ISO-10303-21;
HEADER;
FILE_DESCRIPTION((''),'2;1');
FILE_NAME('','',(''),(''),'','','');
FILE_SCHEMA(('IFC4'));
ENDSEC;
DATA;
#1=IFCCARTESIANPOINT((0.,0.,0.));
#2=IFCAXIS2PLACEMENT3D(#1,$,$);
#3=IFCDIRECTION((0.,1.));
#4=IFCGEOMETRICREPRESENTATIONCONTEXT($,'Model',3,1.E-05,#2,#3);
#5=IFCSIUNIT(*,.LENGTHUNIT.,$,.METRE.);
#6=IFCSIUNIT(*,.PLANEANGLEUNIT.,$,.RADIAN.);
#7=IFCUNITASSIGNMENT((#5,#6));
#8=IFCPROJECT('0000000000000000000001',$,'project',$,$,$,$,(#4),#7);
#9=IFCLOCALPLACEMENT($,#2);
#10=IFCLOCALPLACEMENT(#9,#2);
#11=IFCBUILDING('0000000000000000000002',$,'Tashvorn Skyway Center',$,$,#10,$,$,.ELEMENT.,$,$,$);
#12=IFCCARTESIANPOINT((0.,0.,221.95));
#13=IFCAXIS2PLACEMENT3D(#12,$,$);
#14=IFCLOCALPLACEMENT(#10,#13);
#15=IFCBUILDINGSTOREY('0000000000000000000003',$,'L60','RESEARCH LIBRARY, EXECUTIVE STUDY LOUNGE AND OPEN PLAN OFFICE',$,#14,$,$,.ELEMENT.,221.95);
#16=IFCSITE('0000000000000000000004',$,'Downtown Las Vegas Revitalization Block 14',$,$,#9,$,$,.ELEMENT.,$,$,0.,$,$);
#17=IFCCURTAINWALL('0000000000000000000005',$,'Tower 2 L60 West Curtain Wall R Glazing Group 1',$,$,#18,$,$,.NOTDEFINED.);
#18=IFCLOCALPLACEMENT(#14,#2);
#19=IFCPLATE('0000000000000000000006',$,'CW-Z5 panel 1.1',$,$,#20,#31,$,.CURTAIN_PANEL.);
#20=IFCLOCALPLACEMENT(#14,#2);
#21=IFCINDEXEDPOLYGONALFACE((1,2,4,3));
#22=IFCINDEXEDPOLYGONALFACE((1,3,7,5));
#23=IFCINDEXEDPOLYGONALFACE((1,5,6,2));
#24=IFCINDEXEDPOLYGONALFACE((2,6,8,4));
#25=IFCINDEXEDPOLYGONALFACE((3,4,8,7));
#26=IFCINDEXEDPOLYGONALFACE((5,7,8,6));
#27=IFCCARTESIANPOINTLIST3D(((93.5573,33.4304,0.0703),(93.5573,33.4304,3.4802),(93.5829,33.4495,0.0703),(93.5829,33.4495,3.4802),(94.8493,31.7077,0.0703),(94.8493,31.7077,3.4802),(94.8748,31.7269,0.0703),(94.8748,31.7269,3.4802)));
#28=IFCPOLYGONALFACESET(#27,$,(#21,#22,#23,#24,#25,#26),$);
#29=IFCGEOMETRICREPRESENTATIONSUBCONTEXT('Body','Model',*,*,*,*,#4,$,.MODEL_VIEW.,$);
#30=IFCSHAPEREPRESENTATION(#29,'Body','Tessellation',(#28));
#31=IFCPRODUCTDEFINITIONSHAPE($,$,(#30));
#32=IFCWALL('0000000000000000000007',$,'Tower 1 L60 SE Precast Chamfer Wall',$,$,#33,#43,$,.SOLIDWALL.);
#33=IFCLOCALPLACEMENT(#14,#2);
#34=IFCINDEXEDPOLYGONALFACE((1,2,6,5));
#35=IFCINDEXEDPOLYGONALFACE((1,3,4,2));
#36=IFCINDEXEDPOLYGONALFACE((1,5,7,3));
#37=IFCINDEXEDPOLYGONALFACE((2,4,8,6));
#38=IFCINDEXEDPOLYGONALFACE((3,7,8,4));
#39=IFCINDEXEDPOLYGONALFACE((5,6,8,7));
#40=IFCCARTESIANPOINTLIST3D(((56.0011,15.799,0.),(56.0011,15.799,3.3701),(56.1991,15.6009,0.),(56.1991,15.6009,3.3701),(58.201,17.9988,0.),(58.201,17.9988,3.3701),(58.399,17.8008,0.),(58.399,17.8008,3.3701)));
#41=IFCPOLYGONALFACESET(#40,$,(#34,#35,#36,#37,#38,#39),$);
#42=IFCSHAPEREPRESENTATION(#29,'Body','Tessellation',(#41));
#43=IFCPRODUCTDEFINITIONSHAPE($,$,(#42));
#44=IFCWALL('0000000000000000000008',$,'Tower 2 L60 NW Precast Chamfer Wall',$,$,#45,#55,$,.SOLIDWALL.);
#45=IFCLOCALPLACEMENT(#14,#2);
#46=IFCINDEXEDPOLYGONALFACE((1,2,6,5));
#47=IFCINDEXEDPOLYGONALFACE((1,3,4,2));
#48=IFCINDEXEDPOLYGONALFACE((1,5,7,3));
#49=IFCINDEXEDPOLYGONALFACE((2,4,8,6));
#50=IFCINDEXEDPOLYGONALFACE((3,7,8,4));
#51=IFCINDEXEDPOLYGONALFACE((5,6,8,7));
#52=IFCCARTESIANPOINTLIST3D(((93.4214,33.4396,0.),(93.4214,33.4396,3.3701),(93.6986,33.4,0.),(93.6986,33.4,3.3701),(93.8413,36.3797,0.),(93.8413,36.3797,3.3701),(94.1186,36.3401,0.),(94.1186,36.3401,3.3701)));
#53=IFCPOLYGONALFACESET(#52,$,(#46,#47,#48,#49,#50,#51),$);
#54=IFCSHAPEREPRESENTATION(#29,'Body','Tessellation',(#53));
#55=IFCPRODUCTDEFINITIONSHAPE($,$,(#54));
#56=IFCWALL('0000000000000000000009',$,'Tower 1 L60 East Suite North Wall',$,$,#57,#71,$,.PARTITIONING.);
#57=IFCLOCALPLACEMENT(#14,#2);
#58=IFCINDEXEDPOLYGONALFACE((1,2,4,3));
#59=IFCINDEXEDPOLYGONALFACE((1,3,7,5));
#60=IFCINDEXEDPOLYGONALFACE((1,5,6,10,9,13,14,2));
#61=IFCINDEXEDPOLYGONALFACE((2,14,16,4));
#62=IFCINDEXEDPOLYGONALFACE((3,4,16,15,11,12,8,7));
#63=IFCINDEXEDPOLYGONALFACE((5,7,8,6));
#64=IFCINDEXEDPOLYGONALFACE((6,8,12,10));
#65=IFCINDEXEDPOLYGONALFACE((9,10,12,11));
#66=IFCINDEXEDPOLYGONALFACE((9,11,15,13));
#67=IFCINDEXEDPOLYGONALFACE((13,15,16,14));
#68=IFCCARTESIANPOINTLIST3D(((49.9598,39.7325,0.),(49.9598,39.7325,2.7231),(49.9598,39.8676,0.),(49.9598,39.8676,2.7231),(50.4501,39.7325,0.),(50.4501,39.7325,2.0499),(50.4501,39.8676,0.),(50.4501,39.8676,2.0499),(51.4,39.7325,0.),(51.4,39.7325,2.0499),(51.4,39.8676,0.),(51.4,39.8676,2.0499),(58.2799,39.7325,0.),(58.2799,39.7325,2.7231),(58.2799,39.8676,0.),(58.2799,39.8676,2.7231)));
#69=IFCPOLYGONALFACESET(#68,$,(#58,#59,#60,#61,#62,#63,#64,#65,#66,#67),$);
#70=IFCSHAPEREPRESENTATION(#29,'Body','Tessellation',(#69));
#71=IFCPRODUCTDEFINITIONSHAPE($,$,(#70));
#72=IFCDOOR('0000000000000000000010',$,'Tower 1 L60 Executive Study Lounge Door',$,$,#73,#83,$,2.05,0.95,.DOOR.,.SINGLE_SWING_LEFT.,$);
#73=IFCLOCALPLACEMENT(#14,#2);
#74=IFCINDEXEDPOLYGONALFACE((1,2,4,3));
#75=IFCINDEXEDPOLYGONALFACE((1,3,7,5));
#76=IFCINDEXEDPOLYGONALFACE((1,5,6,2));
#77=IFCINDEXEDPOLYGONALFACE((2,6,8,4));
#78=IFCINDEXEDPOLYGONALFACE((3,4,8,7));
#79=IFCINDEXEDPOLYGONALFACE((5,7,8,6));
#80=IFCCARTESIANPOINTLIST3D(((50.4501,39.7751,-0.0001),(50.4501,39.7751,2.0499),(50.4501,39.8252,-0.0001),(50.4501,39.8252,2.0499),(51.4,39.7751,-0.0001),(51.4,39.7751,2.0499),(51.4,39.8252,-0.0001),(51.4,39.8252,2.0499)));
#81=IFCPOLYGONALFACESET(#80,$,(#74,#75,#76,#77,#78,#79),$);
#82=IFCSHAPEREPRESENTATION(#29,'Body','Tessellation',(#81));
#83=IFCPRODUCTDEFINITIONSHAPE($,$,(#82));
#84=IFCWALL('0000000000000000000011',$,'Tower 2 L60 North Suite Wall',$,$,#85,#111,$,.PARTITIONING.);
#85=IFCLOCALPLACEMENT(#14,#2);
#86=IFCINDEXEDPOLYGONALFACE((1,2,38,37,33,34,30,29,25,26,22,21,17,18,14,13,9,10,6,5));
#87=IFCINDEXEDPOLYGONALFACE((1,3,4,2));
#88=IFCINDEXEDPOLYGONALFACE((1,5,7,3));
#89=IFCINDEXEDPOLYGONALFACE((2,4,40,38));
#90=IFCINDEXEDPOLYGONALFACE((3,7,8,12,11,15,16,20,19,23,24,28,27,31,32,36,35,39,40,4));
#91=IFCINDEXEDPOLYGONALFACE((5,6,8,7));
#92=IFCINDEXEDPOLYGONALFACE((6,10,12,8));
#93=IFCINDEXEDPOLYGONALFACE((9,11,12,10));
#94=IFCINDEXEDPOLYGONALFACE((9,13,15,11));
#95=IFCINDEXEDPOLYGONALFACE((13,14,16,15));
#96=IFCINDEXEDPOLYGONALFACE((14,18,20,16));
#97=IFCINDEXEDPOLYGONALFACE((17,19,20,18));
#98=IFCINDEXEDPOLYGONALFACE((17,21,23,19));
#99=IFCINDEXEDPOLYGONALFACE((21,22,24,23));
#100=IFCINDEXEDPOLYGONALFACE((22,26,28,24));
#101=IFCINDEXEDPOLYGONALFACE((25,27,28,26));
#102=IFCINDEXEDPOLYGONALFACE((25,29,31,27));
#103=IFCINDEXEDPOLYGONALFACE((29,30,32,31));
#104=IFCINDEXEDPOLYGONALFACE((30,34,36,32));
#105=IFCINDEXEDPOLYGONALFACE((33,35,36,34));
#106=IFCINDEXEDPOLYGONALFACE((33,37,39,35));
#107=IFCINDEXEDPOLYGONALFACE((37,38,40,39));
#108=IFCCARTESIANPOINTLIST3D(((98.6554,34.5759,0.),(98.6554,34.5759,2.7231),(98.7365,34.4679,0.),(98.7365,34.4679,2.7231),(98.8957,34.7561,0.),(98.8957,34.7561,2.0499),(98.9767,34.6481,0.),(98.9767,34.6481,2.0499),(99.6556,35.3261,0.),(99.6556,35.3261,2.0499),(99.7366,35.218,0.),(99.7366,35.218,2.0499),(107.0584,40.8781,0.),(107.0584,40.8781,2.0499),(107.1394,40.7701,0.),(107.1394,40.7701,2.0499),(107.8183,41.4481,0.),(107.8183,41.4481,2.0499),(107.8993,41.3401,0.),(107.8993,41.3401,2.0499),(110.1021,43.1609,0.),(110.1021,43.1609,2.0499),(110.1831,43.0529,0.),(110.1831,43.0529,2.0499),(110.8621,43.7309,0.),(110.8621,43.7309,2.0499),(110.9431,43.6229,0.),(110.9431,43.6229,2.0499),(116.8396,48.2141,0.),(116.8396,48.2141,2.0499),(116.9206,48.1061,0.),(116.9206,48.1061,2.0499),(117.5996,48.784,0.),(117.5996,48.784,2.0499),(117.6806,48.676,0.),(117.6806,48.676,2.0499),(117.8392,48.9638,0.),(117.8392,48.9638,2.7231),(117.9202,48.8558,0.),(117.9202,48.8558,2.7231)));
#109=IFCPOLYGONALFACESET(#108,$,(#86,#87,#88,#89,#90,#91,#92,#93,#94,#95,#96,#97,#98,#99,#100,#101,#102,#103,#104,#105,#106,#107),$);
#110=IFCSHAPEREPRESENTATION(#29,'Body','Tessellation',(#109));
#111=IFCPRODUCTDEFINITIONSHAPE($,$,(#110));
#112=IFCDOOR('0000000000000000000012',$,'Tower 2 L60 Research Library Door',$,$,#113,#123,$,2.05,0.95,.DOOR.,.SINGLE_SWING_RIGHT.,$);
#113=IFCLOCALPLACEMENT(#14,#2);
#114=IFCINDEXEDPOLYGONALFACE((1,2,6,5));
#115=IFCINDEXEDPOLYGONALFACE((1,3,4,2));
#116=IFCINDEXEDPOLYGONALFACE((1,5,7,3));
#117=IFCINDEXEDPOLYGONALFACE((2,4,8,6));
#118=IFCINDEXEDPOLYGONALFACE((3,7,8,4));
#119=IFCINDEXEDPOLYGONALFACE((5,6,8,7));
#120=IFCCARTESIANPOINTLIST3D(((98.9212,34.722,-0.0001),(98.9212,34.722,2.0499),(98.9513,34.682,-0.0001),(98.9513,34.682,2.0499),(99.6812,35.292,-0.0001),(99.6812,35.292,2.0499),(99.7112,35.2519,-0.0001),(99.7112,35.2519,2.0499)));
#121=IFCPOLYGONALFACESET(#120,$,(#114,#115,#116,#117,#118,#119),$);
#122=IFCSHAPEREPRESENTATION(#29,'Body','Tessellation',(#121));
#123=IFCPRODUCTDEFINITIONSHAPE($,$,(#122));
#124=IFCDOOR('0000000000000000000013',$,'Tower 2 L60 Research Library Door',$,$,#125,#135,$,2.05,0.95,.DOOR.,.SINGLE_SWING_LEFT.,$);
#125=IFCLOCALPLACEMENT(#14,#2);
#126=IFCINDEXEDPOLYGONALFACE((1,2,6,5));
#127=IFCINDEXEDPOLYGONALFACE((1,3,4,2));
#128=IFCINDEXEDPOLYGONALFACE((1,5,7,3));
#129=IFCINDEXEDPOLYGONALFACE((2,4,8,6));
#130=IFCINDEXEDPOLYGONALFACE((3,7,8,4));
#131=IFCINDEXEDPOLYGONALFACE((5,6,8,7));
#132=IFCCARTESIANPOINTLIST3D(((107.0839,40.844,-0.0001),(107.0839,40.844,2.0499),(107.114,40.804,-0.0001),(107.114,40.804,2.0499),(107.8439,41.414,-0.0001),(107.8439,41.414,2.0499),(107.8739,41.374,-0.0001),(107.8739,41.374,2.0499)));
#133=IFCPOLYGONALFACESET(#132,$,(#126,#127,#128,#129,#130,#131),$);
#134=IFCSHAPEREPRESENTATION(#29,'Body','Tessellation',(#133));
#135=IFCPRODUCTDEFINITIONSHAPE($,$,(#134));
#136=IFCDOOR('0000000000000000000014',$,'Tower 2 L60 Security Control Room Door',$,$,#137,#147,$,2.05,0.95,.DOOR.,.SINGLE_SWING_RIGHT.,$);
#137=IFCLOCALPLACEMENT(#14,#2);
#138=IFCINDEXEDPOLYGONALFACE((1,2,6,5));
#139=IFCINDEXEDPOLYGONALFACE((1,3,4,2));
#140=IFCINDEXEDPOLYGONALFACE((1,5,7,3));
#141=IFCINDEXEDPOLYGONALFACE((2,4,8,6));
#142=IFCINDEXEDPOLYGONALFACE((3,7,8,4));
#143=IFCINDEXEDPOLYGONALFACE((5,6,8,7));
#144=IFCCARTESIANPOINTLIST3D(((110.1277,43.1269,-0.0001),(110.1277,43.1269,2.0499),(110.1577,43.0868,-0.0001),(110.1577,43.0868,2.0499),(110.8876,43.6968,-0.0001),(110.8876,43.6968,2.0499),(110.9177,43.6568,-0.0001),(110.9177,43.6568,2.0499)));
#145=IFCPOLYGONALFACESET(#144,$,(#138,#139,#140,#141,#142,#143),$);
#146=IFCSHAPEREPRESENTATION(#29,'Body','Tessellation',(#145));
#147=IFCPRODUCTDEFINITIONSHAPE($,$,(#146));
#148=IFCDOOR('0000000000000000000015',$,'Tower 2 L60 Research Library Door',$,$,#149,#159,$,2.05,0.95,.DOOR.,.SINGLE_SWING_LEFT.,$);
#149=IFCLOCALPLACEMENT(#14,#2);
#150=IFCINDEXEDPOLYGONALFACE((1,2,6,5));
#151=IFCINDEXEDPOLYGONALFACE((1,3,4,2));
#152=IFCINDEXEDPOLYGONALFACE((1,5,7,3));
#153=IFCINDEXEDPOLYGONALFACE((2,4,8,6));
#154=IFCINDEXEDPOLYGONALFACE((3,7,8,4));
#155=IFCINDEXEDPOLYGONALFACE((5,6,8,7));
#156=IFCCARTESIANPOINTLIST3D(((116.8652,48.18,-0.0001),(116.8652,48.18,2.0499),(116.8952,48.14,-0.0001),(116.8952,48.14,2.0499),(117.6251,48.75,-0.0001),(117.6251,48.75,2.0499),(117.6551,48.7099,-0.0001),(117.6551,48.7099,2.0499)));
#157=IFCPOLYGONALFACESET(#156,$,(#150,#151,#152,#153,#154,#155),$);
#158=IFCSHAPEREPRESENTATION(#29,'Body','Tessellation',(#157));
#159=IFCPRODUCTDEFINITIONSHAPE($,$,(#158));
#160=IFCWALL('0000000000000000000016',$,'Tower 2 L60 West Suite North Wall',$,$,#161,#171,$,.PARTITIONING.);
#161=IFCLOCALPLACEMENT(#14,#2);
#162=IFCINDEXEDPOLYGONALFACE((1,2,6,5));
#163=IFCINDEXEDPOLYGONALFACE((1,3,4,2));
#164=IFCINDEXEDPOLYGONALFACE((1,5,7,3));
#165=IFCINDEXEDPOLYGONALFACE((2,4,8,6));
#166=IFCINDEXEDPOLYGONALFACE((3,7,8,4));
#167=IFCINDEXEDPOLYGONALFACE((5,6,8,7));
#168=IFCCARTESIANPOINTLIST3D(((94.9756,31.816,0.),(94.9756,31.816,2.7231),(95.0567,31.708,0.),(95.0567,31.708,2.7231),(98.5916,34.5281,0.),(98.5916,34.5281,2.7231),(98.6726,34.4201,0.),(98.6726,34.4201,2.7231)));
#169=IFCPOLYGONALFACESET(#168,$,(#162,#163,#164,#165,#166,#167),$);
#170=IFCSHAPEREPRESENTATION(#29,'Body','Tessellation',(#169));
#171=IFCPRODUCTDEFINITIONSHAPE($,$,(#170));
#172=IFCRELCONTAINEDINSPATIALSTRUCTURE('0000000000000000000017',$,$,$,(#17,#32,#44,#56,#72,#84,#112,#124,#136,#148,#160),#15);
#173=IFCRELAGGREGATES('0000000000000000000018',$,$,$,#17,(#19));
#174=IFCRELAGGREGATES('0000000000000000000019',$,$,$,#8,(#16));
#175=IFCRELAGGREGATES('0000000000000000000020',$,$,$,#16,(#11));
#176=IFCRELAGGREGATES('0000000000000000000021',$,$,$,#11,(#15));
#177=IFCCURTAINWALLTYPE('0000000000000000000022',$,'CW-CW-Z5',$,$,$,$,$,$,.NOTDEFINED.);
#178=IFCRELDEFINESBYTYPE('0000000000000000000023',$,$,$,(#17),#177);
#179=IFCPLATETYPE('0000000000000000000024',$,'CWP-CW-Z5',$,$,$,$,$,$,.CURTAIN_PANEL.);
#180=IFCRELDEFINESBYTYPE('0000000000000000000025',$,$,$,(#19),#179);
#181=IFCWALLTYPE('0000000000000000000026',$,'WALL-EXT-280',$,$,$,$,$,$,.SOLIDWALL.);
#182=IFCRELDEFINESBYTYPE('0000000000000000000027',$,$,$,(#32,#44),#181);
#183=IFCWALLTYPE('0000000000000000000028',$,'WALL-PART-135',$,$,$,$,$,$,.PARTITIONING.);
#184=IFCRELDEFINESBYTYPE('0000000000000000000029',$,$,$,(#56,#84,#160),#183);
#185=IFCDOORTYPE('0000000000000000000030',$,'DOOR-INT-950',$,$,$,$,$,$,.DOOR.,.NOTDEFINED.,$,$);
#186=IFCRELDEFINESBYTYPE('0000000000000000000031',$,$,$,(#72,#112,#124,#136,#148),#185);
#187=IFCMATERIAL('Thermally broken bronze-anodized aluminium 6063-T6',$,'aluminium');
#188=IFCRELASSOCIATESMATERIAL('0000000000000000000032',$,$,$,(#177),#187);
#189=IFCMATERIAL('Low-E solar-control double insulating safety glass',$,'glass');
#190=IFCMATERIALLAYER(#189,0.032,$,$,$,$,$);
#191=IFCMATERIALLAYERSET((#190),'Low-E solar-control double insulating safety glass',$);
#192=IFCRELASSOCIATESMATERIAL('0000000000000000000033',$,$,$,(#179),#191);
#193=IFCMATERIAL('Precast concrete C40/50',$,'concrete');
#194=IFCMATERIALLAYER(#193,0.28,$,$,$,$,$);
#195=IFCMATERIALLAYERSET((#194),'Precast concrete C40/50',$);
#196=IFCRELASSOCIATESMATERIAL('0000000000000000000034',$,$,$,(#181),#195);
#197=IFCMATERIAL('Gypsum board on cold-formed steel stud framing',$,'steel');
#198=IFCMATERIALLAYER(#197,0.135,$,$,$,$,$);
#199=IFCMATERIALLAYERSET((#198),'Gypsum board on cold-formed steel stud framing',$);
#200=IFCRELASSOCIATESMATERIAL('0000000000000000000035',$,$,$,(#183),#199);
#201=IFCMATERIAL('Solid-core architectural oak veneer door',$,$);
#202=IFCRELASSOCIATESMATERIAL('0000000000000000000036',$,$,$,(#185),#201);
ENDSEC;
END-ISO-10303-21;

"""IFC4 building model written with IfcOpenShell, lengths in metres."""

from ifc_helpers import new_model, si_unit, direction, frame, frame_2d, origin, origin_2d, place, context, subcontext, project, spatial, rectangle, extrude, material, layer, layer_set, type_object, element, fill, aggregate, save


model = new_model("IFC4")

# Units and contexts
model_context = context("Model", 3, precision=1e-05, world=origin(), true_north=direction((0.0, 1.0)))
body_context = subcontext(model_context, "Body", "Model", "MODEL_VIEW")
ifc_project = project(units=[si_unit("LENGTHUNIT", "METRE"), si_unit("PLANEANGLEUNIT", "RADIAN")], contexts=[model_context])

# Site, building, storey
site_placement = place(None, origin())
site = spatial("IfcSite", under=ifc_project, at=site_placement, Name="Downtown Las Vegas Revitalization Block 14", CompositionType="ELEMENT", RefElevation=0.0)
building_placement = place(site_placement, origin())
building = spatial("IfcBuilding", under=site, at=building_placement, Name="Tashvorn Skyway Center", CompositionType="ELEMENT")
storey_placement = place(building_placement, frame((0.0, 0.0, 221.95)))
storey = spatial("IfcBuildingStorey", under=building, at=storey_placement, Name="L60", Description="RESEARCH LIBRARY, EXECUTIVE STUDY LOUNGE AND OPEN PLAN OFFICE", CompositionType="ELEMENT", Elevation=221.95)

# Curtain wall
ifc_material_1 = material(Name="Thermally broken bronze-anodized aluminium 6063-T6", Category="aluminium")
curtain_wall_type = type_object("IfcCurtainWallType", Name="CW-CW-Z5", PredefinedType="NOTDEFINED", material=ifc_material_1)
curtain_wall_1_placement = place(storey_placement, origin())
curtain_wall_1 = element("IfcCurtainWall", 1, at=curtain_wall_1_placement, inside=storey, type_object=curtain_wall_type, Name="Tower 2 L60 West Curtain Wall R Glazing Group 1", PredefinedType="NOTDEFINED")

# Shared definitions
ifc_material_2 = material(Name="Low-E solar-control double insulating safety glass", Category="glass")
ifc_layer_1 = layer(ifc_material_2, 0.032)
ifc_layer_set_1 = layer_set([ifc_layer_1], Name="Low-E solar-control double insulating safety glass")
plate_type = type_object("IfcPlateType", Name="CWP-CW-Z5", PredefinedType="CURTAIN_PANEL", material=ifc_layer_set_1)

# Plate
plate_1_placement = place(storey_placement, frame((94.2161, 32.5786, 0.0703), z_axis=(0.0, 0.0, 1.0), x_axis=(-0.599993, 0.800005, 0.0)))
plate_1 = element("IfcPlate", 2, at=plate_1_placement, type_object=plate_type, Name="CW-Z5 panel 1.1", PredefinedType="CURTAIN_PANEL", context=body_context, shape_type="SweptSolid", body=[
    extrude(rectangle(XDim=2.1533, YDim=0.032, at=origin_2d()), origin(), (0.0, 0.0, 1.0), 3.4099),
])
aggregate(curtain_wall_1, [plate_1])

# Walls
ifc_material_3 = material(Name="Precast concrete C40/50", Category="concrete")
ifc_layer_2 = layer(ifc_material_3, 0.28)
ifc_layer_set_2 = layer_set([ifc_layer_2], Name="Precast concrete C40/50")
wall_type_1 = type_object("IfcWallType", Name="WALL-EXT-280", PredefinedType="SOLIDWALL", material=ifc_layer_set_2)
wall_1_placement = place(storey_placement, frame((58.3, 17.8999, 0.0), z_axis=(0.0, 0.0, 1.0), x_axis=(-0.707107, -0.707107, 0.0)))
element("IfcWall", 3, at=wall_1_placement, inside=storey, type_object=wall_type_1, Name="Tower 1 L60 SE Precast Chamfer Wall", PredefinedType="SOLIDWALL", context=body_context, shape_type="SweptSolid", body=[
    extrude(rectangle(XDim=3.1111, YDim=0.28, at=frame_2d((1.5557, 0.0))), origin(), (0.0, 0.0, 1.0), 3.3701),
])
wall_2_placement = place(storey_placement, frame((93.5601, 33.4199, 0.0), z_axis=(0.0, 0.0, 1.0), x_axis=(0.141387, 0.989954, 0.0)))
element("IfcWall", 4, at=wall_2_placement, inside=storey, type_object=wall_type_1, Name="Tower 2 L60 NW Precast Chamfer Wall", PredefinedType="SOLIDWALL", context=body_context, shape_type="SweptSolid", body=[
    extrude(rectangle(XDim=2.97, YDim=0.28, at=frame_2d((1.4849, 0.0))), origin(), (0.0, 0.0, 1.0), 3.3701),
])

# Wall, opening, door
ifc_material_4 = material(Name="Gypsum board on cold-formed steel stud framing", Category="steel")
ifc_layer_3 = layer(ifc_material_4, 0.135)
ifc_layer_set_3 = layer_set([ifc_layer_3], Name="Gypsum board on cold-formed steel stud framing")
wall_type_2 = type_object("IfcWallType", Name="WALL-PART-135", PredefinedType="PARTITIONING", material=ifc_layer_set_3)
wall_3_placement = place(storey_placement, frame((58.28, 39.8, 0.0), z_axis=(0.0, 0.0, 1.0), x_axis=(-1.0, 0.0, 0.0)))
wall_3 = element("IfcWall", 5, at=wall_3_placement, inside=storey, type_object=wall_type_2, Name="Tower 1 L60 East Suite North Wall", PredefinedType="PARTITIONING", context=body_context, shape_type="SweptSolid", body=[
    extrude(rectangle(XDim=8.3201, YDim=0.135, at=frame_2d((4.1602, 0.0))), origin(), (0.0, 0.0, 1.0), 2.7231),
])
opening_1_placement = place(wall_3_placement, frame((6.8799, 0.0, 0.0)))
opening_1 = element("IfcOpeningElement", 6, at=opening_1_placement, cuts=wall_3, PredefinedType="OPENING", context=body_context, shape_type="SweptSolid", body=[
    extrude(rectangle(XDim=0.95, YDim=2.05, at=frame_2d((0.4751, 1.0249))), frame((0.0, 0.0774, 0.0), z_axis=(0.0, -1.0, 0.0), x_axis=(1.0, 0.0, 0.0)), (0.0, 0.0, 1.0), 0.155),
])
ifc_material_5 = material(Name="Solid-core architectural oak veneer door")
door_type = type_object("IfcDoorType", Name="DOOR-INT-950", OperationType="NOTDEFINED", PredefinedType="DOOR", material=ifc_material_5)
door_1_placement = place(opening_1_placement, origin())
door_1 = element("IfcDoor", 7, at=door_1_placement, inside=storey, type_object=door_type, Name="Tower 1 L60 Executive Study Lounge Door", OperationType="SINGLE_SWING_LEFT", OverallHeight=2.05, OverallWidth=0.95, PredefinedType="DOOR", context=body_context, shape_type="SweptSolid", body=[
    extrude(rectangle(XDim=0.95, YDim=2.05, at=frame_2d((0.4751, 1.0249))), frame((0.0, 0.0249, 0.0), z_axis=(0.0, -1.0, 0.0), x_axis=(1.0, 0.0, 0.0)), (0.0, 0.0, 1.0), 0.05),
])
fill(opening_1, door_1)

# Wall, openings, doors
wall_4_placement = place(storey_placement, frame((98.696, 34.522, 0.0), z_axis=(0.0, 0.0, 1.0), x_axis=(0.799999, 0.600002, 0.0)))
wall_4 = element("IfcWall", 8, at=wall_4_placement, inside=storey, type_object=wall_type_2, Name="Tower 2 L60 North Suite Wall", PredefinedType="PARTITIONING", context=body_context, shape_type="SweptSolid", body=[
    extrude(rectangle(XDim=23.9797, YDim=0.135, at=frame_2d((11.9897, 0.0))), origin(), (0.0, 0.0, 1.0), 2.7231),
])
opening_2_placement = place(wall_4_placement, frame((0.3, 0.0, 0.0)))
opening_2 = element("IfcOpeningElement", 9, at=opening_2_placement, cuts=wall_4, PredefinedType="OPENING", context=body_context, shape_type="SweptSolid", body=[
    extrude(rectangle(XDim=0.95, YDim=2.05, at=frame_2d((0.4751, 1.0249))), frame((0.0, 0.0774, 0.0), z_axis=(0.0, -1.0, 0.0), x_axis=(1.0, 0.0, 0.0)), (0.0, 0.0, 1.0), 0.155),
])
opening_3_placement = place(wall_4_placement, frame((10.5034, 0.0, 0.0)))
opening_3 = element("IfcOpeningElement", 10, at=opening_3_placement, cuts=wall_4, PredefinedType="OPENING", context=body_context, shape_type="SweptSolid", body=[
    extrude(rectangle(XDim=0.95, YDim=2.05, at=frame_2d((0.4751, 1.0249))), frame((0.0, 0.0774, 0.0), z_axis=(0.0, -1.0, 0.0), x_axis=(1.0, 0.0, 0.0)), (0.0, 0.0, 1.0), 0.155),
])
opening_4_placement = place(wall_4_placement, frame((14.3081, 0.0, 0.0)))
opening_4 = element("IfcOpeningElement", 11, at=opening_4_placement, cuts=wall_4, PredefinedType="OPENING", context=body_context, shape_type="SweptSolid", body=[
    extrude(rectangle(XDim=0.95, YDim=2.05, at=frame_2d((0.4751, 1.0249))), frame((0.0, 0.0774, 0.0), z_axis=(0.0, -1.0, 0.0), x_axis=(1.0, 0.0, 0.0)), (0.0, 0.0, 1.0), 0.155),
])
opening_5_placement = place(wall_4_placement, frame((22.73, 0.0, 0.0)))
opening_5 = element("IfcOpeningElement", 12, at=opening_5_placement, cuts=wall_4, PredefinedType="OPENING", context=body_context, shape_type="SweptSolid", body=[
    extrude(rectangle(XDim=0.95, YDim=2.05, at=frame_2d((0.4751, 1.0249))), frame((0.0, 0.0774, 0.0), z_axis=(0.0, -1.0, 0.0), x_axis=(1.0, 0.0, 0.0)), (0.0, 0.0, 1.0), 0.155),
])
door_2_placement = place(opening_2_placement, origin())
door_2 = element("IfcDoor", 13, at=door_2_placement, inside=storey, type_object=door_type, Name="Tower 2 L60 Research Library Door", OperationType="SINGLE_SWING_RIGHT", OverallHeight=2.05, OverallWidth=0.95, PredefinedType="DOOR", context=body_context, shape_type="SweptSolid", body=[
    extrude(rectangle(XDim=0.95, YDim=2.05, at=frame_2d((0.4751, 1.0249))), frame((0.0, 0.0249, 0.0), z_axis=(0.0, -1.0, 0.0), x_axis=(1.0, 0.0, 0.0)), (0.0, 0.0, 1.0), 0.05),
])
fill(opening_2, door_2)
door_3_placement = place(opening_3_placement, origin())
door_3 = element("IfcDoor", 14, at=door_3_placement, inside=storey, type_object=door_type, Name="Tower 2 L60 Research Library Door", OperationType="SINGLE_SWING_LEFT", OverallHeight=2.05, OverallWidth=0.95, PredefinedType="DOOR", context=body_context, shape_type="SweptSolid", body=[
    extrude(rectangle(XDim=0.95, YDim=2.05, at=frame_2d((0.4751, 1.0249))), frame((0.0, 0.0249, 0.0), z_axis=(0.0, -1.0, 0.0), x_axis=(1.0, 0.0, 0.0)), (0.0, 0.0, 1.0), 0.05),
])
fill(opening_3, door_3)
door_4_placement = place(opening_4_placement, origin())
door_4 = element("IfcDoor", 15, at=door_4_placement, inside=storey, type_object=door_type, Name="Tower 2 L60 Security Control Room Door", OperationType="SINGLE_SWING_RIGHT", OverallHeight=2.05, OverallWidth=0.95, PredefinedType="DOOR", context=body_context, shape_type="SweptSolid", body=[
    extrude(rectangle(XDim=0.95, YDim=2.05, at=frame_2d((0.4751, 1.0249))), frame((0.0, 0.0249, 0.0), z_axis=(0.0, -1.0, 0.0), x_axis=(1.0, 0.0, 0.0)), (0.0, 0.0, 1.0), 0.05),
])
fill(opening_4, door_4)
door_5_placement = place(opening_5_placement, origin())
door_5 = element("IfcDoor", 16, at=door_5_placement, inside=storey, type_object=door_type, Name="Tower 2 L60 Research Library Door", OperationType="SINGLE_SWING_LEFT", OverallHeight=2.05, OverallWidth=0.95, PredefinedType="DOOR", context=body_context, shape_type="SweptSolid", body=[
    extrude(rectangle(XDim=0.95, YDim=2.05, at=frame_2d((0.4751, 1.0249))), frame((0.0, 0.0249, 0.0), z_axis=(0.0, -1.0, 0.0), x_axis=(1.0, 0.0, 0.0)), (0.0, 0.0, 1.0), 0.05),
])
fill(opening_5, door_5)

# Wall
wall_5_placement = place(storey_placement, frame((98.6321, 34.4741, 0.0), z_axis=(0.0, 0.0, 1.0), x_axis=(-0.799981, -0.600026, 0.0)))
element("IfcWall", 17, at=wall_5_placement, inside=storey, type_object=wall_type_2, Name="Tower 2 L60 West Suite North Wall", PredefinedType="PARTITIONING", context=body_context, shape_type="SweptSolid", body=[
    extrude(rectangle(XDim=4.52, YDim=0.135, at=frame_2d((2.26, 0.0))), origin(), (0.0, 0.0, 1.0), 2.7231),
])

save(model, "model.ifc")
